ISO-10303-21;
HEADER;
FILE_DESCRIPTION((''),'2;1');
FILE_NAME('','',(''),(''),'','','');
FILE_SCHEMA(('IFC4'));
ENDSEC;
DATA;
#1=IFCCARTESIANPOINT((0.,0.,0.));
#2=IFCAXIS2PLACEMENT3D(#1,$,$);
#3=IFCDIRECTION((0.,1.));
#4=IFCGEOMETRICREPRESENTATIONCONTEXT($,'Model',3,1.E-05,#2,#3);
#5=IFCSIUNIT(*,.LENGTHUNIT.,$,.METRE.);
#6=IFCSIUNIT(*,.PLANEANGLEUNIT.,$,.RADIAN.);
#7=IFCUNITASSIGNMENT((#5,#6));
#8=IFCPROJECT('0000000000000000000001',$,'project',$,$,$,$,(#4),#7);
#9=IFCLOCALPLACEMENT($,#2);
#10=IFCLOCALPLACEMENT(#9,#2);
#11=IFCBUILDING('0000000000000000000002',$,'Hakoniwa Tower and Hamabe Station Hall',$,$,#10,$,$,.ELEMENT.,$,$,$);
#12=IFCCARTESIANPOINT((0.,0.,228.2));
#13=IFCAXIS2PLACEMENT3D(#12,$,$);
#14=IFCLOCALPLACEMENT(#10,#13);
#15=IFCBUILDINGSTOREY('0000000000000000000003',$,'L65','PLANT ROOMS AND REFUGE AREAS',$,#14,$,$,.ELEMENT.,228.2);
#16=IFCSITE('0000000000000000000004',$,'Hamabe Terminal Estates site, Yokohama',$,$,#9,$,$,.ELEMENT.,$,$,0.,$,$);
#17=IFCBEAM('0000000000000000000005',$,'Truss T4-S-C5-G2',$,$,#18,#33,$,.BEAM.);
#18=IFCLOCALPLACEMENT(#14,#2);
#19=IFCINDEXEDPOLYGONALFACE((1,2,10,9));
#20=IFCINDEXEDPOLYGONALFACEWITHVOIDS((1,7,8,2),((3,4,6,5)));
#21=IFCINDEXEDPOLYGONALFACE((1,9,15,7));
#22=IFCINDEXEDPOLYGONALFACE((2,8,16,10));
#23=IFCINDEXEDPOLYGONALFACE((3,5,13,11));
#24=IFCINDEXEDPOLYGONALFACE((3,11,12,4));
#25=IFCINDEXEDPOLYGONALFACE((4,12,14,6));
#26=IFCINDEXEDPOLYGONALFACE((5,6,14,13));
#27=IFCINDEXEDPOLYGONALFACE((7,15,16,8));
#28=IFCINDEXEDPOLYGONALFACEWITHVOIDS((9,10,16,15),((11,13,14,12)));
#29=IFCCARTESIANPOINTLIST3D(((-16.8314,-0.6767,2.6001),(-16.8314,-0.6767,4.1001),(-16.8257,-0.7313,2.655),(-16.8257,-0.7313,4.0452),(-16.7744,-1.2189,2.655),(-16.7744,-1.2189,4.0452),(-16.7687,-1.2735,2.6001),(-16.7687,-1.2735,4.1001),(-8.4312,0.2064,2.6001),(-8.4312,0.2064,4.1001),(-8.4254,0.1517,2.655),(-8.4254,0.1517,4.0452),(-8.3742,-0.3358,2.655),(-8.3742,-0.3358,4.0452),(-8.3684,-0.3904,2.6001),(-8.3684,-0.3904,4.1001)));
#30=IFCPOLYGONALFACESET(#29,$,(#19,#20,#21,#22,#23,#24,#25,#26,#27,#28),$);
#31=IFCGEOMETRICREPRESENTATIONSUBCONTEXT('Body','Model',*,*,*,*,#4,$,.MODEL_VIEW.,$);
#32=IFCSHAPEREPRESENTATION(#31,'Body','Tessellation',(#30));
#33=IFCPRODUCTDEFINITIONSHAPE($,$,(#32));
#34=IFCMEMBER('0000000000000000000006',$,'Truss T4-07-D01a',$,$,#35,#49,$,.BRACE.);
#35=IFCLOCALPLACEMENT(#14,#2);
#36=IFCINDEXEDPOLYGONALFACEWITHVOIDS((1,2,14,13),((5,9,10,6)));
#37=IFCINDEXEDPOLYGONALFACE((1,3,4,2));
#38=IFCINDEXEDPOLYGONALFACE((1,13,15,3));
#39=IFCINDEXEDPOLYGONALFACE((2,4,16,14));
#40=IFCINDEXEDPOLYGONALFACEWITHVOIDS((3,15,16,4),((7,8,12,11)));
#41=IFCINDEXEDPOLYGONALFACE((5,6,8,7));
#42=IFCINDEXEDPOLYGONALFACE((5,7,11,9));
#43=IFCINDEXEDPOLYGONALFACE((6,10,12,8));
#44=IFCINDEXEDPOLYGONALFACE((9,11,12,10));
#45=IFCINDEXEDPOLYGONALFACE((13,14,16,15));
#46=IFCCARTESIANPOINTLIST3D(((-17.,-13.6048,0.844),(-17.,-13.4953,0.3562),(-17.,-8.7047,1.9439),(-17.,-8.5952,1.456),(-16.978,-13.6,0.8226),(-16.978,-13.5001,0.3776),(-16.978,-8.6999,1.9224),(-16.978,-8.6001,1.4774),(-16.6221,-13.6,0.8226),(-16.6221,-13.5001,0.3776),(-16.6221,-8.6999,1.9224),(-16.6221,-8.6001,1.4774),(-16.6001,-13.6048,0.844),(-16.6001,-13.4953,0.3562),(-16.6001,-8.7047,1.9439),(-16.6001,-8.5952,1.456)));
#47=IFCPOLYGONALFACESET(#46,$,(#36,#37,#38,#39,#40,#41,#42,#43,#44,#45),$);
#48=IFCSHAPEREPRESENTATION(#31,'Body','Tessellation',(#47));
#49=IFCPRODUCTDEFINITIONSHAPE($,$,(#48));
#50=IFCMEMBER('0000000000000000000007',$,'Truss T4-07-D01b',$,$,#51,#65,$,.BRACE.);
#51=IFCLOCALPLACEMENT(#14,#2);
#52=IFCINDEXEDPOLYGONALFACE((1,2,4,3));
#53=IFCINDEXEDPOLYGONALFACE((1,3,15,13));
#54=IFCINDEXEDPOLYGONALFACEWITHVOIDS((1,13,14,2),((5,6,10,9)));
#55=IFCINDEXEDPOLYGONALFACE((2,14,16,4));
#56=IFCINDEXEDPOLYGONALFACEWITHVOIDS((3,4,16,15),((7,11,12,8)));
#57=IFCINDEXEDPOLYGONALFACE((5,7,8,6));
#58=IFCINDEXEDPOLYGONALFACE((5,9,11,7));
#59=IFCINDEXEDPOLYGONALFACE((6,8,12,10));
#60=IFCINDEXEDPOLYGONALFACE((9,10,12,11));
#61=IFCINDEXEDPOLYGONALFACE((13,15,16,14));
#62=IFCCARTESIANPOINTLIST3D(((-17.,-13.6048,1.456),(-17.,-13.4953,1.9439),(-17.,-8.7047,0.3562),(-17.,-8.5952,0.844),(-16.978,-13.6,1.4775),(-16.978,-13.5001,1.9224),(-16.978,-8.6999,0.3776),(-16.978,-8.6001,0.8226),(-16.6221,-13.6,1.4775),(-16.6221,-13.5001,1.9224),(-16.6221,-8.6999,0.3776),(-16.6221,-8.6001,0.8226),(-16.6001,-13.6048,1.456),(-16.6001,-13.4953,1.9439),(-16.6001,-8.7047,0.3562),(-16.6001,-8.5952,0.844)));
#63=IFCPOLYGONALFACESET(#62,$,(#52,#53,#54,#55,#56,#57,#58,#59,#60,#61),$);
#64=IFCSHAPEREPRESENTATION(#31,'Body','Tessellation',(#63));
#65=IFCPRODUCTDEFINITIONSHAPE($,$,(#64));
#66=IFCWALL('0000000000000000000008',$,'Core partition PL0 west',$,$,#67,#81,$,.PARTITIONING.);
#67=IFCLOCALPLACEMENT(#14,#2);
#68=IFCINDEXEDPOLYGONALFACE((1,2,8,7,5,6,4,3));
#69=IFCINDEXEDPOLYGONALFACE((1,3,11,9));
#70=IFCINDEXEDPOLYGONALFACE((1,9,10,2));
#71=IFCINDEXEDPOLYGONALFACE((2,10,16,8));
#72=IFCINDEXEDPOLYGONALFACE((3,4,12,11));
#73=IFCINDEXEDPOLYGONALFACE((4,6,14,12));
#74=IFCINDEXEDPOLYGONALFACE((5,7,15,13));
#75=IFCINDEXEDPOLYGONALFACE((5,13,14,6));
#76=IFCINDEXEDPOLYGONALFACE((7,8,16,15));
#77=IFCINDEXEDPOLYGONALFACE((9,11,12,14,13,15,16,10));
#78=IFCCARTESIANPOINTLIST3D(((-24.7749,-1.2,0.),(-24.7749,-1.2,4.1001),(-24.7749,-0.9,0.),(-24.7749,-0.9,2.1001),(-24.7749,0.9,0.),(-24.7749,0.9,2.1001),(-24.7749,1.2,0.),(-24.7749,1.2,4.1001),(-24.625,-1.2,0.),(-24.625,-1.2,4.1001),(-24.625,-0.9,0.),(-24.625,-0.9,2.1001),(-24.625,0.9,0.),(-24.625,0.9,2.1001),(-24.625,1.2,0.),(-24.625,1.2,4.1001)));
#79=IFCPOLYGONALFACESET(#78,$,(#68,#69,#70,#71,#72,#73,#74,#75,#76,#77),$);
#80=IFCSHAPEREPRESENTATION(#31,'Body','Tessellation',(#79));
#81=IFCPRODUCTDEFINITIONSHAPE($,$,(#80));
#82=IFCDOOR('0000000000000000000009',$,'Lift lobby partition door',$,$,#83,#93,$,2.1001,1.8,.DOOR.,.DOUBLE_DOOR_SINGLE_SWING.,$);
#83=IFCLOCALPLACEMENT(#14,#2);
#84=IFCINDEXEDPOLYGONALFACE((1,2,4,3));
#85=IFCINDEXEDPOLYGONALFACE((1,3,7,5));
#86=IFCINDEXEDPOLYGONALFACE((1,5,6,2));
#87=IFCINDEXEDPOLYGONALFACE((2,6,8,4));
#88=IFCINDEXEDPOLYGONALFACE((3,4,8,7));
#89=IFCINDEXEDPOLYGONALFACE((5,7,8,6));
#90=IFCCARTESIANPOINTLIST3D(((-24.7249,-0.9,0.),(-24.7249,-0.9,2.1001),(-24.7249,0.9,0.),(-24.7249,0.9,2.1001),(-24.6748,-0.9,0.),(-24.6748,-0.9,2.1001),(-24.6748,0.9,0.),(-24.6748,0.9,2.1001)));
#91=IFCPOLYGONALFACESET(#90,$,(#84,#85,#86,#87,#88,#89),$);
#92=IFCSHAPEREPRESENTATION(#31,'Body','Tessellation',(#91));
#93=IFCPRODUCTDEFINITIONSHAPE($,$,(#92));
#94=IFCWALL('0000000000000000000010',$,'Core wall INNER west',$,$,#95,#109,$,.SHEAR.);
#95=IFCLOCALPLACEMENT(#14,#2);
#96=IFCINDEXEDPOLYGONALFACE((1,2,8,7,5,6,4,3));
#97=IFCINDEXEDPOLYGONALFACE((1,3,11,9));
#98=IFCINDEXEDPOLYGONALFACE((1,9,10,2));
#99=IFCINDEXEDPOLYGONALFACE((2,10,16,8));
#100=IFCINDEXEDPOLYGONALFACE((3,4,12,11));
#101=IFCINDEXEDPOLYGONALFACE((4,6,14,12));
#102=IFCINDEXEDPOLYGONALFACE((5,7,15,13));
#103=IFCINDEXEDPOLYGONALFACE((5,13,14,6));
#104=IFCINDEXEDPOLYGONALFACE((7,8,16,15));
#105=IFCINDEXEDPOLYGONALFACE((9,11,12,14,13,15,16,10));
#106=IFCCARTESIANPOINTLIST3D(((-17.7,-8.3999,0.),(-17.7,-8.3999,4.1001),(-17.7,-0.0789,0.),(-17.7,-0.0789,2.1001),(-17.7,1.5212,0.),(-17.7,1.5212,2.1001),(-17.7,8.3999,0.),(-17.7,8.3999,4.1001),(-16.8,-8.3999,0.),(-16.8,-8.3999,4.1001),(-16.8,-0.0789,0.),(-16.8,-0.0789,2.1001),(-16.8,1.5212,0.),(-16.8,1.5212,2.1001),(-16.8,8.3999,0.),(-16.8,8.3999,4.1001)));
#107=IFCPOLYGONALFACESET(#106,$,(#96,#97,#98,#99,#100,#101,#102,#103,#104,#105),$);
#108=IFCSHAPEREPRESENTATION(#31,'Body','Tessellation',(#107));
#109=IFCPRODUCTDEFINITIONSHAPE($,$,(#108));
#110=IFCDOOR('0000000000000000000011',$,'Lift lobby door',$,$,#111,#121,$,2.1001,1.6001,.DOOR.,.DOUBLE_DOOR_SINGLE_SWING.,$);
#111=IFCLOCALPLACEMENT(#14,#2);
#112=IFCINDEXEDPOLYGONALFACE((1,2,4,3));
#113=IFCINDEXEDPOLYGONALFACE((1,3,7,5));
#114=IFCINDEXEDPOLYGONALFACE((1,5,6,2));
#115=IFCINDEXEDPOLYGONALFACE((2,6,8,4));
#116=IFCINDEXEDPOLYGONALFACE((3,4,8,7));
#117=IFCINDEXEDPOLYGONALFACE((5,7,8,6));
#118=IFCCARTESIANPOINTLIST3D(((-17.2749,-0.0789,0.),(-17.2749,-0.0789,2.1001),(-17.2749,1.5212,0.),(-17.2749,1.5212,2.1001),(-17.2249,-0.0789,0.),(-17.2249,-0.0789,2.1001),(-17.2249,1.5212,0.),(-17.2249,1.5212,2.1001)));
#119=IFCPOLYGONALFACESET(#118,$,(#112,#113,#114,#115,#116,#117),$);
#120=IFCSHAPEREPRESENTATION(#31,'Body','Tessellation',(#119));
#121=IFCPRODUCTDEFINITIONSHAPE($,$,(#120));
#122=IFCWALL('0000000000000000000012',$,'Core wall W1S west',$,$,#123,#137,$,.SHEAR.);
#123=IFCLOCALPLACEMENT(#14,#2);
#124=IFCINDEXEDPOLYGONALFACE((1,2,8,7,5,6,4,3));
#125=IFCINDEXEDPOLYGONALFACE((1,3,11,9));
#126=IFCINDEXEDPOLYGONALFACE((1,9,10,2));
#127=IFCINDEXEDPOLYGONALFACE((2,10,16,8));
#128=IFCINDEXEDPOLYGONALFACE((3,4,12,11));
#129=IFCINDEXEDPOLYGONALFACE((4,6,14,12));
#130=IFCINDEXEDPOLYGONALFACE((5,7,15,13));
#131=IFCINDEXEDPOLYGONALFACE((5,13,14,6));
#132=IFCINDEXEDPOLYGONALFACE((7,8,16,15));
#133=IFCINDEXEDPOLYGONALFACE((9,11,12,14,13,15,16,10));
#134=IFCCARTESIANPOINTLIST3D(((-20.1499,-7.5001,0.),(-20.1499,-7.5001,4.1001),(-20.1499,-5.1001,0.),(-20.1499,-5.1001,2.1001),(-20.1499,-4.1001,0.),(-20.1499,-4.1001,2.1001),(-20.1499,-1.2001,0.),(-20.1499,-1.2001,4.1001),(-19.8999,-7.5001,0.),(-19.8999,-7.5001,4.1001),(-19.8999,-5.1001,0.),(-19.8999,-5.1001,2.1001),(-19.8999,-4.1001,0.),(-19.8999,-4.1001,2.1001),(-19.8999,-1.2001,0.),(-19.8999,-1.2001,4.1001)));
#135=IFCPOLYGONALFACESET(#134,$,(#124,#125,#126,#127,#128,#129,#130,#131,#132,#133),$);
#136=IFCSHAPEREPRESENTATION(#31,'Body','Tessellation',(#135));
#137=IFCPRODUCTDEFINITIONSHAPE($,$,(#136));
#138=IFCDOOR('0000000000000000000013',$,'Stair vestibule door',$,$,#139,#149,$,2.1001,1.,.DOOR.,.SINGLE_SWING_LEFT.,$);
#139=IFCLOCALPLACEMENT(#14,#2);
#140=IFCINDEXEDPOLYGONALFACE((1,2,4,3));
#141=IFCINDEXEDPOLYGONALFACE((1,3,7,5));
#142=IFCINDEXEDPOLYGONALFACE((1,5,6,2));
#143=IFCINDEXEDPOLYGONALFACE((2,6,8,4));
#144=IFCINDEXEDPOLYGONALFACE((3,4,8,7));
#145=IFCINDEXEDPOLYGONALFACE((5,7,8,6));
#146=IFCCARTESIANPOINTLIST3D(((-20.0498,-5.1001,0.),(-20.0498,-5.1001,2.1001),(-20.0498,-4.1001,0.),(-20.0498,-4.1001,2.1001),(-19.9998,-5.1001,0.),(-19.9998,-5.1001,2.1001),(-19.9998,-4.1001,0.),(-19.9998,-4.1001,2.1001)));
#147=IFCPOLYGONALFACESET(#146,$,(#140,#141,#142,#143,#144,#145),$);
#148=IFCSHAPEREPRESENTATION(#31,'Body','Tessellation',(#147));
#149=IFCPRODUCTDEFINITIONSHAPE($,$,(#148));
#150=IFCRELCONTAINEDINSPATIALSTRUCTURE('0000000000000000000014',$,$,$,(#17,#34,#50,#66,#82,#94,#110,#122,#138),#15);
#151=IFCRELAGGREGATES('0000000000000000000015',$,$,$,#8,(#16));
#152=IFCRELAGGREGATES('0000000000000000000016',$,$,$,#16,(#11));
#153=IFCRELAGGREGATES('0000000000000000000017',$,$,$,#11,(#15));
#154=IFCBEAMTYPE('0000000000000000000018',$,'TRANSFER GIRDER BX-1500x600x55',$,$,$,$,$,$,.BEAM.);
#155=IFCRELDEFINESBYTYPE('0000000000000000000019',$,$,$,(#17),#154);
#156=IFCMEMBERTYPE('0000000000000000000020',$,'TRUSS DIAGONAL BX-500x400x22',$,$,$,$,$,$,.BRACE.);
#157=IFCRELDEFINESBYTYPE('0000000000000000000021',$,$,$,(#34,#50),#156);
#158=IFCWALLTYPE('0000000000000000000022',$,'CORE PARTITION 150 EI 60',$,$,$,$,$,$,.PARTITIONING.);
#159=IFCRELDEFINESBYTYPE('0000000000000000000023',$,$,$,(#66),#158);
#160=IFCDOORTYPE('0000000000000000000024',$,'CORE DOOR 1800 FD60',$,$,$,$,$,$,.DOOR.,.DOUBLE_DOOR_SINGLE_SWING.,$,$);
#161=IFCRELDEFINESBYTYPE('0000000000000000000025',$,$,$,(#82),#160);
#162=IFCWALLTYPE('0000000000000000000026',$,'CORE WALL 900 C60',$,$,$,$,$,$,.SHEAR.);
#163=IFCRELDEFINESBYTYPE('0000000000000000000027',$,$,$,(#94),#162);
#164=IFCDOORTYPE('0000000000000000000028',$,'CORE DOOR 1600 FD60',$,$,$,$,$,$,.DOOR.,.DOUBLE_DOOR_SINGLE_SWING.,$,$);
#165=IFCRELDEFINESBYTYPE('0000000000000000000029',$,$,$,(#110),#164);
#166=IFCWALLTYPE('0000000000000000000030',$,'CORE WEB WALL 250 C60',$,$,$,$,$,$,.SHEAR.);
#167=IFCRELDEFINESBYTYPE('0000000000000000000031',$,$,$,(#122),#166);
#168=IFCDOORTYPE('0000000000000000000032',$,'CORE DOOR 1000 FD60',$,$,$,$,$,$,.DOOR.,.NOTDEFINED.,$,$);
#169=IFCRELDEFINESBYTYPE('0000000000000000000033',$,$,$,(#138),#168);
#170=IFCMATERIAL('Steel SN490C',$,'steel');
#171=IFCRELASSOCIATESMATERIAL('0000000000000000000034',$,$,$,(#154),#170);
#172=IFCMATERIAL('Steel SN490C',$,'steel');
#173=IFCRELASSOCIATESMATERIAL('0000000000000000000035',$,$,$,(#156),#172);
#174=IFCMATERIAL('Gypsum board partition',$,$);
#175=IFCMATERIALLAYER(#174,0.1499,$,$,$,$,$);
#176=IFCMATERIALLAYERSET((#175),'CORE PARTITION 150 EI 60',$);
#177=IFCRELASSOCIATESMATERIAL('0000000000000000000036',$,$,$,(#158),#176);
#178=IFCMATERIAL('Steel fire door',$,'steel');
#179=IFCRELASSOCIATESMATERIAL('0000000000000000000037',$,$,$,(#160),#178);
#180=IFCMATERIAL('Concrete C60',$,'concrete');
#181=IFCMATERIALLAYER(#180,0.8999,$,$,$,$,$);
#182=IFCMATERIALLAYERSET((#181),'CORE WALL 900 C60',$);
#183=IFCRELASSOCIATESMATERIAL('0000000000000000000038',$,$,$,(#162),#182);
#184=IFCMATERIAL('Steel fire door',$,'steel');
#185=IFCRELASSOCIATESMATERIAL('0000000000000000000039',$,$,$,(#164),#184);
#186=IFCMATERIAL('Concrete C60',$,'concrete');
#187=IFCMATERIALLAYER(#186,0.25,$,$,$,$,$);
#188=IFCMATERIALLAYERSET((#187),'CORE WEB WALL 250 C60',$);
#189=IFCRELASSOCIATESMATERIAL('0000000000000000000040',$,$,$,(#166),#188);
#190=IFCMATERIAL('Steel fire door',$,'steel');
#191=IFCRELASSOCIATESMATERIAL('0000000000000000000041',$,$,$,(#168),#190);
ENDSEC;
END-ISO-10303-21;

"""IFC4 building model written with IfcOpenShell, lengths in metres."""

from ifc_helpers import new_model, si_unit, direction, frame, frame_2d, origin, origin_2d, place, context, subcontext, project, spatial, rectangle, hollow_rectangle, extrude, material, layer, layer_set, material_profile, profile_set, type_object, element, fill, save


model = new_model("IFC4")

# Units and contexts
model_context = context("Model", 3, precision=1e-05, world=origin(), true_north=direction((0.0, 1.0)))
body_context = subcontext(model_context, "Body", "Model", "MODEL_VIEW")
ifc_project = project(units=[si_unit("LENGTHUNIT", "METRE"), si_unit("PLANEANGLEUNIT", "RADIAN")], contexts=[model_context])

# Site, building, storey
site_placement = place(None, origin())
site = spatial("IfcSite", under=ifc_project, at=site_placement, Name="Hamabe Terminal Estates site, Yokohama", CompositionType="ELEMENT", RefElevation=0.0)
building_placement = place(site_placement, origin())
building = spatial("IfcBuilding", under=site, at=building_placement, Name="Hakoniwa Tower and Hamabe Station Hall", CompositionType="ELEMENT")
storey_placement = place(building_placement, frame((0.0, 0.0, 228.2)))
storey = spatial("IfcBuildingStorey", under=building, at=storey_placement, Name="L65", Description="PLANT ROOMS AND REFUGE AREAS", CompositionType="ELEMENT", Elevation=228.2)

# Beam
ifc_material_1 = material(Name="Steel SN490C", Category="steel")
ifc_material_profile_1 = material_profile(ifc_material_1, hollow_rectangle(XDim=0.6001, YDim=1.5, WallThickness=0.0549, at=origin_2d()), Name="BX-1500x600x55")
ifc_profile_set_1 = profile_set([ifc_material_profile_1], Name="Steel SN490C")
beam_type = type_object("IfcBeamType", Name="TRANSFER GIRDER BX-1500x600x55", PredefinedType="BEAM", material=ifc_profile_set_1)
beam_placement = place(storey_placement, frame((-16.8, -0.9751, 3.3501), z_axis=(0.99452, 0.104548, 0.0), x_axis=(-0.104548, 0.99452, 0.0)))
element("IfcBeam", 1, at=beam_placement, inside=storey, type_object=beam_type, Name="Truss T4-S-C5-G2", PredefinedType="BEAM", context=body_context, shape_type="SweptSolid", body=[
    extrude(hollow_rectangle(XDim=0.6001, YDim=1.5, WallThickness=0.0549, at=origin_2d()), origin(), (0.0, 0.0, 1.0), 8.4465),
])

# Members
ifc_material_2 = material(Name="Steel SN490C", Category="steel")
ifc_material_profile_2 = material_profile(ifc_material_2, hollow_rectangle(XDim=0.3999, YDim=0.5, WallThickness=0.022, at=origin_2d()), Name="BX-500x400x22")
ifc_profile_set_2 = profile_set([ifc_material_profile_2], Name="Steel SN490C")
member_type = type_object("IfcMemberType", Name="TRUSS DIAGONAL BX-500x400x22", PredefinedType="BRACE", material=ifc_profile_set_2)
for number, where, z_axis, x_axis, name in (
    (2, (-16.8, -13.55, 0.6001), (0.0, 0.975724, 0.219004), (-1.0, 0.0, 0.0), "Truss T4-07-D01a"),
    (3, (-16.8, -13.55, 1.7), (0.0, 0.975724, -0.219004), (-1.0, 0.0, 0.0), "Truss T4-07-D01b"),
):
    element("IfcMember", number, at=place(storey_placement, frame(where, z_axis=z_axis, x_axis=x_axis)), inside=storey, type_object=member_type, Name=name, PredefinedType="BRACE", context=body_context, shape_type="SweptSolid", body=[
        extrude(hollow_rectangle(XDim=0.3999, YDim=0.5, WallThickness=0.022, at=origin_2d()), origin(), (0.0, 0.0, 1.0), 5.022),
    ])

# Walls, openings, doors
ifc_material_3 = material(Name="Gypsum board partition")
ifc_layer_1 = layer(ifc_material_3, 0.1499)
ifc_layer_set_1 = layer_set([ifc_layer_1], Name="CORE PARTITION 150 EI 60")
wall_type_1 = type_object("IfcWallType", Name="CORE PARTITION 150 EI 60", PredefinedType="PARTITIONING", material=ifc_layer_set_1)
wall_1_placement = place(storey_placement, frame((-24.7, -1.2, 0.0), z_axis=(0.0, 0.0, 1.0), x_axis=(0.0, 1.0, 0.0)))
wall_1 = element("IfcWall", 4, at=wall_1_placement, inside=storey, type_object=wall_type_1, Name="Core partition PL0 west", PredefinedType="PARTITIONING", context=body_context, shape_type="SweptSolid", body=[
    extrude(rectangle(XDim=2.3999, YDim=0.1499, at=frame_2d((1.2, 0.0))), origin(), (0.0, 0.0, 1.0), 4.1001),
])
opening_1_placement = place(wall_1_placement, frame((0.3, 0.0, 0.0)))
opening_1 = element("IfcOpeningElement", 5, at=opening_1_placement, cuts=wall_1, PredefinedType="OPENING", context=body_context, shape_type="SweptSolid", body=[
    extrude(rectangle(XDim=1.8, YDim=2.1001, at=frame_2d((0.8999, 1.05))), frame((0.0, 0.085, 0.0), z_axis=(0.0, -1.0, 0.0), x_axis=(1.0, 0.0, 0.0)), (0.0, 0.0, 1.0), 0.1699),
])
ifc_material_4 = material(Name="Steel fire door", Category="steel")
door_type_1 = type_object("IfcDoorType", Name="CORE DOOR 1800 FD60", OperationType="DOUBLE_DOOR_SINGLE_SWING", PredefinedType="DOOR", material=ifc_material_4)
door_1_placement = place(opening_1_placement, origin())
door_1 = element("IfcDoor", 6, at=door_1_placement, inside=storey, type_object=door_type_1, Name="Lift lobby partition door", OperationType="DOUBLE_DOOR_SINGLE_SWING", OverallHeight=2.1001, OverallWidth=1.8, PredefinedType="DOOR", context=body_context, shape_type="SweptSolid", body=[
    extrude(rectangle(XDim=1.8, YDim=2.1001, at=frame_2d((0.8999, 1.05))), frame((0.0, 0.0249, 0.0), z_axis=(0.0, -1.0, 0.0), x_axis=(1.0, 0.0, 0.0)), (0.0, 0.0, 1.0), 0.05),
])
fill(opening_1, door_1)
ifc_material_5 = material(Name="Concrete C60", Category="concrete")
ifc_layer_2 = layer(ifc_material_5, 0.8999)
ifc_layer_set_2 = layer_set([ifc_layer_2], Name="CORE WALL 900 C60")
wall_type_2 = type_object("IfcWallType", Name="CORE WALL 900 C60", PredefinedType="SHEAR", material=ifc_layer_set_2)
wall_2_placement = place(storey_placement, frame((-17.25, -8.3999, 0.0), z_axis=(0.0, 0.0, 1.0), x_axis=(0.0, 1.0, 0.0)))
wall_2 = element("IfcWall", 7, at=wall_2_placement, inside=storey, type_object=wall_type_2, Name="Core wall INNER west", PredefinedType="SHEAR", context=body_context, shape_type="SweptSolid", body=[
    extrude(rectangle(XDim=16.7998, YDim=0.8999, at=frame_2d((8.3999, 0.0))), origin(), (0.0, 0.0, 1.0), 4.1001),
])
opening_2_placement = place(wall_2_placement, frame((8.321, 0.0, 0.0)))
opening_2 = element("IfcOpeningElement", 8, at=opening_2_placement, cuts=wall_2, PredefinedType="OPENING", context=body_context, shape_type="SweptSolid", body=[
    extrude(rectangle(XDim=1.6001, YDim=2.1001, at=frame_2d((0.8, 1.05))), frame((0.0, 0.46, 0.0), z_axis=(0.0, -1.0, 0.0), x_axis=(1.0, 0.0, 0.0)), (0.0, 0.0, 1.0), 0.9199),
])
ifc_material_6 = material(Name="Steel fire door", Category="steel")
door_type_2 = type_object("IfcDoorType", Name="CORE DOOR 1600 FD60", OperationType="DOUBLE_DOOR_SINGLE_SWING", PredefinedType="DOOR", material=ifc_material_6)
door_2_placement = place(opening_2_placement, origin())
door_2 = element("IfcDoor", 9, at=door_2_placement, inside=storey, type_object=door_type_2, Name="Lift lobby door", OperationType="DOUBLE_DOOR_SINGLE_SWING", OverallHeight=2.1001, OverallWidth=1.6001, PredefinedType="DOOR", context=body_context, shape_type="SweptSolid", body=[
    extrude(rectangle(XDim=1.6001, YDim=2.1001, at=frame_2d((0.8, 1.05))), frame((0.0, 0.0249, 0.0), z_axis=(0.0, -1.0, 0.0), x_axis=(1.0, 0.0, 0.0)), (0.0, 0.0, 1.0), 0.05),
])
fill(opening_2, door_2)
ifc_material_7 = material(Name="Concrete C60", Category="concrete")
ifc_layer_3 = layer(ifc_material_7, 0.25)
ifc_layer_set_3 = layer_set([ifc_layer_3], Name="CORE WEB WALL 250 C60")
wall_type_3 = type_object("IfcWallType", Name="CORE WEB WALL 250 C60", PredefinedType="SHEAR", material=ifc_layer_set_3)
wall_3_placement = place(storey_placement, frame((-20.0249, -7.5, 0.0), z_axis=(0.0, 0.0, 1.0), x_axis=(0.0, 1.0, 0.0)))
wall_3 = element("IfcWall", 10, at=wall_3_placement, inside=storey, type_object=wall_type_3, Name="Core wall W1S west", PredefinedType="SHEAR", context=body_context, shape_type="SweptSolid", body=[
    extrude(rectangle(XDim=6.3, YDim=0.25, at=frame_2d((3.1499, 0.0))), origin(), (0.0, 0.0, 1.0), 4.1001),
])
opening_3_placement = place(wall_3_placement, frame((2.3999, 0.0, 0.0)))
opening_3 = element("IfcOpeningElement", 11, at=opening_3_placement, cuts=wall_3, PredefinedType="OPENING", context=body_context, shape_type="SweptSolid", body=[
    extrude(rectangle(XDim=1.0, YDim=2.1001, at=frame_2d((0.5, 1.05))), frame((0.0, 0.135, 0.0), z_axis=(0.0, -1.0, 0.0), x_axis=(1.0, 0.0, 0.0)), (0.0, 0.0, 1.0), 0.27),
])
ifc_material_8 = material(Name="Steel fire door", Category="steel")
door_type_3 = type_object("IfcDoorType", Name="CORE DOOR 1000 FD60", OperationType="NOTDEFINED", PredefinedType="DOOR", material=ifc_material_8)
door_3_placement = place(opening_3_placement, origin())
door_3 = element("IfcDoor", 12, at=door_3_placement, inside=storey, type_object=door_type_3, Name="Stair vestibule door", OperationType="SINGLE_SWING_LEFT", OverallHeight=2.1001, OverallWidth=1.0, PredefinedType="DOOR", context=body_context, shape_type="SweptSolid", body=[
    extrude(rectangle(XDim=1.0, YDim=2.1001, at=frame_2d((0.5, 1.05))), frame((0.0, 0.0249, 0.0), z_axis=(0.0, -1.0, 0.0), x_axis=(1.0, 0.0, 0.0)), (0.0, 0.0, 1.0), 0.05),
])
fill(opening_3, door_3)

save(model, "model.ifc")
